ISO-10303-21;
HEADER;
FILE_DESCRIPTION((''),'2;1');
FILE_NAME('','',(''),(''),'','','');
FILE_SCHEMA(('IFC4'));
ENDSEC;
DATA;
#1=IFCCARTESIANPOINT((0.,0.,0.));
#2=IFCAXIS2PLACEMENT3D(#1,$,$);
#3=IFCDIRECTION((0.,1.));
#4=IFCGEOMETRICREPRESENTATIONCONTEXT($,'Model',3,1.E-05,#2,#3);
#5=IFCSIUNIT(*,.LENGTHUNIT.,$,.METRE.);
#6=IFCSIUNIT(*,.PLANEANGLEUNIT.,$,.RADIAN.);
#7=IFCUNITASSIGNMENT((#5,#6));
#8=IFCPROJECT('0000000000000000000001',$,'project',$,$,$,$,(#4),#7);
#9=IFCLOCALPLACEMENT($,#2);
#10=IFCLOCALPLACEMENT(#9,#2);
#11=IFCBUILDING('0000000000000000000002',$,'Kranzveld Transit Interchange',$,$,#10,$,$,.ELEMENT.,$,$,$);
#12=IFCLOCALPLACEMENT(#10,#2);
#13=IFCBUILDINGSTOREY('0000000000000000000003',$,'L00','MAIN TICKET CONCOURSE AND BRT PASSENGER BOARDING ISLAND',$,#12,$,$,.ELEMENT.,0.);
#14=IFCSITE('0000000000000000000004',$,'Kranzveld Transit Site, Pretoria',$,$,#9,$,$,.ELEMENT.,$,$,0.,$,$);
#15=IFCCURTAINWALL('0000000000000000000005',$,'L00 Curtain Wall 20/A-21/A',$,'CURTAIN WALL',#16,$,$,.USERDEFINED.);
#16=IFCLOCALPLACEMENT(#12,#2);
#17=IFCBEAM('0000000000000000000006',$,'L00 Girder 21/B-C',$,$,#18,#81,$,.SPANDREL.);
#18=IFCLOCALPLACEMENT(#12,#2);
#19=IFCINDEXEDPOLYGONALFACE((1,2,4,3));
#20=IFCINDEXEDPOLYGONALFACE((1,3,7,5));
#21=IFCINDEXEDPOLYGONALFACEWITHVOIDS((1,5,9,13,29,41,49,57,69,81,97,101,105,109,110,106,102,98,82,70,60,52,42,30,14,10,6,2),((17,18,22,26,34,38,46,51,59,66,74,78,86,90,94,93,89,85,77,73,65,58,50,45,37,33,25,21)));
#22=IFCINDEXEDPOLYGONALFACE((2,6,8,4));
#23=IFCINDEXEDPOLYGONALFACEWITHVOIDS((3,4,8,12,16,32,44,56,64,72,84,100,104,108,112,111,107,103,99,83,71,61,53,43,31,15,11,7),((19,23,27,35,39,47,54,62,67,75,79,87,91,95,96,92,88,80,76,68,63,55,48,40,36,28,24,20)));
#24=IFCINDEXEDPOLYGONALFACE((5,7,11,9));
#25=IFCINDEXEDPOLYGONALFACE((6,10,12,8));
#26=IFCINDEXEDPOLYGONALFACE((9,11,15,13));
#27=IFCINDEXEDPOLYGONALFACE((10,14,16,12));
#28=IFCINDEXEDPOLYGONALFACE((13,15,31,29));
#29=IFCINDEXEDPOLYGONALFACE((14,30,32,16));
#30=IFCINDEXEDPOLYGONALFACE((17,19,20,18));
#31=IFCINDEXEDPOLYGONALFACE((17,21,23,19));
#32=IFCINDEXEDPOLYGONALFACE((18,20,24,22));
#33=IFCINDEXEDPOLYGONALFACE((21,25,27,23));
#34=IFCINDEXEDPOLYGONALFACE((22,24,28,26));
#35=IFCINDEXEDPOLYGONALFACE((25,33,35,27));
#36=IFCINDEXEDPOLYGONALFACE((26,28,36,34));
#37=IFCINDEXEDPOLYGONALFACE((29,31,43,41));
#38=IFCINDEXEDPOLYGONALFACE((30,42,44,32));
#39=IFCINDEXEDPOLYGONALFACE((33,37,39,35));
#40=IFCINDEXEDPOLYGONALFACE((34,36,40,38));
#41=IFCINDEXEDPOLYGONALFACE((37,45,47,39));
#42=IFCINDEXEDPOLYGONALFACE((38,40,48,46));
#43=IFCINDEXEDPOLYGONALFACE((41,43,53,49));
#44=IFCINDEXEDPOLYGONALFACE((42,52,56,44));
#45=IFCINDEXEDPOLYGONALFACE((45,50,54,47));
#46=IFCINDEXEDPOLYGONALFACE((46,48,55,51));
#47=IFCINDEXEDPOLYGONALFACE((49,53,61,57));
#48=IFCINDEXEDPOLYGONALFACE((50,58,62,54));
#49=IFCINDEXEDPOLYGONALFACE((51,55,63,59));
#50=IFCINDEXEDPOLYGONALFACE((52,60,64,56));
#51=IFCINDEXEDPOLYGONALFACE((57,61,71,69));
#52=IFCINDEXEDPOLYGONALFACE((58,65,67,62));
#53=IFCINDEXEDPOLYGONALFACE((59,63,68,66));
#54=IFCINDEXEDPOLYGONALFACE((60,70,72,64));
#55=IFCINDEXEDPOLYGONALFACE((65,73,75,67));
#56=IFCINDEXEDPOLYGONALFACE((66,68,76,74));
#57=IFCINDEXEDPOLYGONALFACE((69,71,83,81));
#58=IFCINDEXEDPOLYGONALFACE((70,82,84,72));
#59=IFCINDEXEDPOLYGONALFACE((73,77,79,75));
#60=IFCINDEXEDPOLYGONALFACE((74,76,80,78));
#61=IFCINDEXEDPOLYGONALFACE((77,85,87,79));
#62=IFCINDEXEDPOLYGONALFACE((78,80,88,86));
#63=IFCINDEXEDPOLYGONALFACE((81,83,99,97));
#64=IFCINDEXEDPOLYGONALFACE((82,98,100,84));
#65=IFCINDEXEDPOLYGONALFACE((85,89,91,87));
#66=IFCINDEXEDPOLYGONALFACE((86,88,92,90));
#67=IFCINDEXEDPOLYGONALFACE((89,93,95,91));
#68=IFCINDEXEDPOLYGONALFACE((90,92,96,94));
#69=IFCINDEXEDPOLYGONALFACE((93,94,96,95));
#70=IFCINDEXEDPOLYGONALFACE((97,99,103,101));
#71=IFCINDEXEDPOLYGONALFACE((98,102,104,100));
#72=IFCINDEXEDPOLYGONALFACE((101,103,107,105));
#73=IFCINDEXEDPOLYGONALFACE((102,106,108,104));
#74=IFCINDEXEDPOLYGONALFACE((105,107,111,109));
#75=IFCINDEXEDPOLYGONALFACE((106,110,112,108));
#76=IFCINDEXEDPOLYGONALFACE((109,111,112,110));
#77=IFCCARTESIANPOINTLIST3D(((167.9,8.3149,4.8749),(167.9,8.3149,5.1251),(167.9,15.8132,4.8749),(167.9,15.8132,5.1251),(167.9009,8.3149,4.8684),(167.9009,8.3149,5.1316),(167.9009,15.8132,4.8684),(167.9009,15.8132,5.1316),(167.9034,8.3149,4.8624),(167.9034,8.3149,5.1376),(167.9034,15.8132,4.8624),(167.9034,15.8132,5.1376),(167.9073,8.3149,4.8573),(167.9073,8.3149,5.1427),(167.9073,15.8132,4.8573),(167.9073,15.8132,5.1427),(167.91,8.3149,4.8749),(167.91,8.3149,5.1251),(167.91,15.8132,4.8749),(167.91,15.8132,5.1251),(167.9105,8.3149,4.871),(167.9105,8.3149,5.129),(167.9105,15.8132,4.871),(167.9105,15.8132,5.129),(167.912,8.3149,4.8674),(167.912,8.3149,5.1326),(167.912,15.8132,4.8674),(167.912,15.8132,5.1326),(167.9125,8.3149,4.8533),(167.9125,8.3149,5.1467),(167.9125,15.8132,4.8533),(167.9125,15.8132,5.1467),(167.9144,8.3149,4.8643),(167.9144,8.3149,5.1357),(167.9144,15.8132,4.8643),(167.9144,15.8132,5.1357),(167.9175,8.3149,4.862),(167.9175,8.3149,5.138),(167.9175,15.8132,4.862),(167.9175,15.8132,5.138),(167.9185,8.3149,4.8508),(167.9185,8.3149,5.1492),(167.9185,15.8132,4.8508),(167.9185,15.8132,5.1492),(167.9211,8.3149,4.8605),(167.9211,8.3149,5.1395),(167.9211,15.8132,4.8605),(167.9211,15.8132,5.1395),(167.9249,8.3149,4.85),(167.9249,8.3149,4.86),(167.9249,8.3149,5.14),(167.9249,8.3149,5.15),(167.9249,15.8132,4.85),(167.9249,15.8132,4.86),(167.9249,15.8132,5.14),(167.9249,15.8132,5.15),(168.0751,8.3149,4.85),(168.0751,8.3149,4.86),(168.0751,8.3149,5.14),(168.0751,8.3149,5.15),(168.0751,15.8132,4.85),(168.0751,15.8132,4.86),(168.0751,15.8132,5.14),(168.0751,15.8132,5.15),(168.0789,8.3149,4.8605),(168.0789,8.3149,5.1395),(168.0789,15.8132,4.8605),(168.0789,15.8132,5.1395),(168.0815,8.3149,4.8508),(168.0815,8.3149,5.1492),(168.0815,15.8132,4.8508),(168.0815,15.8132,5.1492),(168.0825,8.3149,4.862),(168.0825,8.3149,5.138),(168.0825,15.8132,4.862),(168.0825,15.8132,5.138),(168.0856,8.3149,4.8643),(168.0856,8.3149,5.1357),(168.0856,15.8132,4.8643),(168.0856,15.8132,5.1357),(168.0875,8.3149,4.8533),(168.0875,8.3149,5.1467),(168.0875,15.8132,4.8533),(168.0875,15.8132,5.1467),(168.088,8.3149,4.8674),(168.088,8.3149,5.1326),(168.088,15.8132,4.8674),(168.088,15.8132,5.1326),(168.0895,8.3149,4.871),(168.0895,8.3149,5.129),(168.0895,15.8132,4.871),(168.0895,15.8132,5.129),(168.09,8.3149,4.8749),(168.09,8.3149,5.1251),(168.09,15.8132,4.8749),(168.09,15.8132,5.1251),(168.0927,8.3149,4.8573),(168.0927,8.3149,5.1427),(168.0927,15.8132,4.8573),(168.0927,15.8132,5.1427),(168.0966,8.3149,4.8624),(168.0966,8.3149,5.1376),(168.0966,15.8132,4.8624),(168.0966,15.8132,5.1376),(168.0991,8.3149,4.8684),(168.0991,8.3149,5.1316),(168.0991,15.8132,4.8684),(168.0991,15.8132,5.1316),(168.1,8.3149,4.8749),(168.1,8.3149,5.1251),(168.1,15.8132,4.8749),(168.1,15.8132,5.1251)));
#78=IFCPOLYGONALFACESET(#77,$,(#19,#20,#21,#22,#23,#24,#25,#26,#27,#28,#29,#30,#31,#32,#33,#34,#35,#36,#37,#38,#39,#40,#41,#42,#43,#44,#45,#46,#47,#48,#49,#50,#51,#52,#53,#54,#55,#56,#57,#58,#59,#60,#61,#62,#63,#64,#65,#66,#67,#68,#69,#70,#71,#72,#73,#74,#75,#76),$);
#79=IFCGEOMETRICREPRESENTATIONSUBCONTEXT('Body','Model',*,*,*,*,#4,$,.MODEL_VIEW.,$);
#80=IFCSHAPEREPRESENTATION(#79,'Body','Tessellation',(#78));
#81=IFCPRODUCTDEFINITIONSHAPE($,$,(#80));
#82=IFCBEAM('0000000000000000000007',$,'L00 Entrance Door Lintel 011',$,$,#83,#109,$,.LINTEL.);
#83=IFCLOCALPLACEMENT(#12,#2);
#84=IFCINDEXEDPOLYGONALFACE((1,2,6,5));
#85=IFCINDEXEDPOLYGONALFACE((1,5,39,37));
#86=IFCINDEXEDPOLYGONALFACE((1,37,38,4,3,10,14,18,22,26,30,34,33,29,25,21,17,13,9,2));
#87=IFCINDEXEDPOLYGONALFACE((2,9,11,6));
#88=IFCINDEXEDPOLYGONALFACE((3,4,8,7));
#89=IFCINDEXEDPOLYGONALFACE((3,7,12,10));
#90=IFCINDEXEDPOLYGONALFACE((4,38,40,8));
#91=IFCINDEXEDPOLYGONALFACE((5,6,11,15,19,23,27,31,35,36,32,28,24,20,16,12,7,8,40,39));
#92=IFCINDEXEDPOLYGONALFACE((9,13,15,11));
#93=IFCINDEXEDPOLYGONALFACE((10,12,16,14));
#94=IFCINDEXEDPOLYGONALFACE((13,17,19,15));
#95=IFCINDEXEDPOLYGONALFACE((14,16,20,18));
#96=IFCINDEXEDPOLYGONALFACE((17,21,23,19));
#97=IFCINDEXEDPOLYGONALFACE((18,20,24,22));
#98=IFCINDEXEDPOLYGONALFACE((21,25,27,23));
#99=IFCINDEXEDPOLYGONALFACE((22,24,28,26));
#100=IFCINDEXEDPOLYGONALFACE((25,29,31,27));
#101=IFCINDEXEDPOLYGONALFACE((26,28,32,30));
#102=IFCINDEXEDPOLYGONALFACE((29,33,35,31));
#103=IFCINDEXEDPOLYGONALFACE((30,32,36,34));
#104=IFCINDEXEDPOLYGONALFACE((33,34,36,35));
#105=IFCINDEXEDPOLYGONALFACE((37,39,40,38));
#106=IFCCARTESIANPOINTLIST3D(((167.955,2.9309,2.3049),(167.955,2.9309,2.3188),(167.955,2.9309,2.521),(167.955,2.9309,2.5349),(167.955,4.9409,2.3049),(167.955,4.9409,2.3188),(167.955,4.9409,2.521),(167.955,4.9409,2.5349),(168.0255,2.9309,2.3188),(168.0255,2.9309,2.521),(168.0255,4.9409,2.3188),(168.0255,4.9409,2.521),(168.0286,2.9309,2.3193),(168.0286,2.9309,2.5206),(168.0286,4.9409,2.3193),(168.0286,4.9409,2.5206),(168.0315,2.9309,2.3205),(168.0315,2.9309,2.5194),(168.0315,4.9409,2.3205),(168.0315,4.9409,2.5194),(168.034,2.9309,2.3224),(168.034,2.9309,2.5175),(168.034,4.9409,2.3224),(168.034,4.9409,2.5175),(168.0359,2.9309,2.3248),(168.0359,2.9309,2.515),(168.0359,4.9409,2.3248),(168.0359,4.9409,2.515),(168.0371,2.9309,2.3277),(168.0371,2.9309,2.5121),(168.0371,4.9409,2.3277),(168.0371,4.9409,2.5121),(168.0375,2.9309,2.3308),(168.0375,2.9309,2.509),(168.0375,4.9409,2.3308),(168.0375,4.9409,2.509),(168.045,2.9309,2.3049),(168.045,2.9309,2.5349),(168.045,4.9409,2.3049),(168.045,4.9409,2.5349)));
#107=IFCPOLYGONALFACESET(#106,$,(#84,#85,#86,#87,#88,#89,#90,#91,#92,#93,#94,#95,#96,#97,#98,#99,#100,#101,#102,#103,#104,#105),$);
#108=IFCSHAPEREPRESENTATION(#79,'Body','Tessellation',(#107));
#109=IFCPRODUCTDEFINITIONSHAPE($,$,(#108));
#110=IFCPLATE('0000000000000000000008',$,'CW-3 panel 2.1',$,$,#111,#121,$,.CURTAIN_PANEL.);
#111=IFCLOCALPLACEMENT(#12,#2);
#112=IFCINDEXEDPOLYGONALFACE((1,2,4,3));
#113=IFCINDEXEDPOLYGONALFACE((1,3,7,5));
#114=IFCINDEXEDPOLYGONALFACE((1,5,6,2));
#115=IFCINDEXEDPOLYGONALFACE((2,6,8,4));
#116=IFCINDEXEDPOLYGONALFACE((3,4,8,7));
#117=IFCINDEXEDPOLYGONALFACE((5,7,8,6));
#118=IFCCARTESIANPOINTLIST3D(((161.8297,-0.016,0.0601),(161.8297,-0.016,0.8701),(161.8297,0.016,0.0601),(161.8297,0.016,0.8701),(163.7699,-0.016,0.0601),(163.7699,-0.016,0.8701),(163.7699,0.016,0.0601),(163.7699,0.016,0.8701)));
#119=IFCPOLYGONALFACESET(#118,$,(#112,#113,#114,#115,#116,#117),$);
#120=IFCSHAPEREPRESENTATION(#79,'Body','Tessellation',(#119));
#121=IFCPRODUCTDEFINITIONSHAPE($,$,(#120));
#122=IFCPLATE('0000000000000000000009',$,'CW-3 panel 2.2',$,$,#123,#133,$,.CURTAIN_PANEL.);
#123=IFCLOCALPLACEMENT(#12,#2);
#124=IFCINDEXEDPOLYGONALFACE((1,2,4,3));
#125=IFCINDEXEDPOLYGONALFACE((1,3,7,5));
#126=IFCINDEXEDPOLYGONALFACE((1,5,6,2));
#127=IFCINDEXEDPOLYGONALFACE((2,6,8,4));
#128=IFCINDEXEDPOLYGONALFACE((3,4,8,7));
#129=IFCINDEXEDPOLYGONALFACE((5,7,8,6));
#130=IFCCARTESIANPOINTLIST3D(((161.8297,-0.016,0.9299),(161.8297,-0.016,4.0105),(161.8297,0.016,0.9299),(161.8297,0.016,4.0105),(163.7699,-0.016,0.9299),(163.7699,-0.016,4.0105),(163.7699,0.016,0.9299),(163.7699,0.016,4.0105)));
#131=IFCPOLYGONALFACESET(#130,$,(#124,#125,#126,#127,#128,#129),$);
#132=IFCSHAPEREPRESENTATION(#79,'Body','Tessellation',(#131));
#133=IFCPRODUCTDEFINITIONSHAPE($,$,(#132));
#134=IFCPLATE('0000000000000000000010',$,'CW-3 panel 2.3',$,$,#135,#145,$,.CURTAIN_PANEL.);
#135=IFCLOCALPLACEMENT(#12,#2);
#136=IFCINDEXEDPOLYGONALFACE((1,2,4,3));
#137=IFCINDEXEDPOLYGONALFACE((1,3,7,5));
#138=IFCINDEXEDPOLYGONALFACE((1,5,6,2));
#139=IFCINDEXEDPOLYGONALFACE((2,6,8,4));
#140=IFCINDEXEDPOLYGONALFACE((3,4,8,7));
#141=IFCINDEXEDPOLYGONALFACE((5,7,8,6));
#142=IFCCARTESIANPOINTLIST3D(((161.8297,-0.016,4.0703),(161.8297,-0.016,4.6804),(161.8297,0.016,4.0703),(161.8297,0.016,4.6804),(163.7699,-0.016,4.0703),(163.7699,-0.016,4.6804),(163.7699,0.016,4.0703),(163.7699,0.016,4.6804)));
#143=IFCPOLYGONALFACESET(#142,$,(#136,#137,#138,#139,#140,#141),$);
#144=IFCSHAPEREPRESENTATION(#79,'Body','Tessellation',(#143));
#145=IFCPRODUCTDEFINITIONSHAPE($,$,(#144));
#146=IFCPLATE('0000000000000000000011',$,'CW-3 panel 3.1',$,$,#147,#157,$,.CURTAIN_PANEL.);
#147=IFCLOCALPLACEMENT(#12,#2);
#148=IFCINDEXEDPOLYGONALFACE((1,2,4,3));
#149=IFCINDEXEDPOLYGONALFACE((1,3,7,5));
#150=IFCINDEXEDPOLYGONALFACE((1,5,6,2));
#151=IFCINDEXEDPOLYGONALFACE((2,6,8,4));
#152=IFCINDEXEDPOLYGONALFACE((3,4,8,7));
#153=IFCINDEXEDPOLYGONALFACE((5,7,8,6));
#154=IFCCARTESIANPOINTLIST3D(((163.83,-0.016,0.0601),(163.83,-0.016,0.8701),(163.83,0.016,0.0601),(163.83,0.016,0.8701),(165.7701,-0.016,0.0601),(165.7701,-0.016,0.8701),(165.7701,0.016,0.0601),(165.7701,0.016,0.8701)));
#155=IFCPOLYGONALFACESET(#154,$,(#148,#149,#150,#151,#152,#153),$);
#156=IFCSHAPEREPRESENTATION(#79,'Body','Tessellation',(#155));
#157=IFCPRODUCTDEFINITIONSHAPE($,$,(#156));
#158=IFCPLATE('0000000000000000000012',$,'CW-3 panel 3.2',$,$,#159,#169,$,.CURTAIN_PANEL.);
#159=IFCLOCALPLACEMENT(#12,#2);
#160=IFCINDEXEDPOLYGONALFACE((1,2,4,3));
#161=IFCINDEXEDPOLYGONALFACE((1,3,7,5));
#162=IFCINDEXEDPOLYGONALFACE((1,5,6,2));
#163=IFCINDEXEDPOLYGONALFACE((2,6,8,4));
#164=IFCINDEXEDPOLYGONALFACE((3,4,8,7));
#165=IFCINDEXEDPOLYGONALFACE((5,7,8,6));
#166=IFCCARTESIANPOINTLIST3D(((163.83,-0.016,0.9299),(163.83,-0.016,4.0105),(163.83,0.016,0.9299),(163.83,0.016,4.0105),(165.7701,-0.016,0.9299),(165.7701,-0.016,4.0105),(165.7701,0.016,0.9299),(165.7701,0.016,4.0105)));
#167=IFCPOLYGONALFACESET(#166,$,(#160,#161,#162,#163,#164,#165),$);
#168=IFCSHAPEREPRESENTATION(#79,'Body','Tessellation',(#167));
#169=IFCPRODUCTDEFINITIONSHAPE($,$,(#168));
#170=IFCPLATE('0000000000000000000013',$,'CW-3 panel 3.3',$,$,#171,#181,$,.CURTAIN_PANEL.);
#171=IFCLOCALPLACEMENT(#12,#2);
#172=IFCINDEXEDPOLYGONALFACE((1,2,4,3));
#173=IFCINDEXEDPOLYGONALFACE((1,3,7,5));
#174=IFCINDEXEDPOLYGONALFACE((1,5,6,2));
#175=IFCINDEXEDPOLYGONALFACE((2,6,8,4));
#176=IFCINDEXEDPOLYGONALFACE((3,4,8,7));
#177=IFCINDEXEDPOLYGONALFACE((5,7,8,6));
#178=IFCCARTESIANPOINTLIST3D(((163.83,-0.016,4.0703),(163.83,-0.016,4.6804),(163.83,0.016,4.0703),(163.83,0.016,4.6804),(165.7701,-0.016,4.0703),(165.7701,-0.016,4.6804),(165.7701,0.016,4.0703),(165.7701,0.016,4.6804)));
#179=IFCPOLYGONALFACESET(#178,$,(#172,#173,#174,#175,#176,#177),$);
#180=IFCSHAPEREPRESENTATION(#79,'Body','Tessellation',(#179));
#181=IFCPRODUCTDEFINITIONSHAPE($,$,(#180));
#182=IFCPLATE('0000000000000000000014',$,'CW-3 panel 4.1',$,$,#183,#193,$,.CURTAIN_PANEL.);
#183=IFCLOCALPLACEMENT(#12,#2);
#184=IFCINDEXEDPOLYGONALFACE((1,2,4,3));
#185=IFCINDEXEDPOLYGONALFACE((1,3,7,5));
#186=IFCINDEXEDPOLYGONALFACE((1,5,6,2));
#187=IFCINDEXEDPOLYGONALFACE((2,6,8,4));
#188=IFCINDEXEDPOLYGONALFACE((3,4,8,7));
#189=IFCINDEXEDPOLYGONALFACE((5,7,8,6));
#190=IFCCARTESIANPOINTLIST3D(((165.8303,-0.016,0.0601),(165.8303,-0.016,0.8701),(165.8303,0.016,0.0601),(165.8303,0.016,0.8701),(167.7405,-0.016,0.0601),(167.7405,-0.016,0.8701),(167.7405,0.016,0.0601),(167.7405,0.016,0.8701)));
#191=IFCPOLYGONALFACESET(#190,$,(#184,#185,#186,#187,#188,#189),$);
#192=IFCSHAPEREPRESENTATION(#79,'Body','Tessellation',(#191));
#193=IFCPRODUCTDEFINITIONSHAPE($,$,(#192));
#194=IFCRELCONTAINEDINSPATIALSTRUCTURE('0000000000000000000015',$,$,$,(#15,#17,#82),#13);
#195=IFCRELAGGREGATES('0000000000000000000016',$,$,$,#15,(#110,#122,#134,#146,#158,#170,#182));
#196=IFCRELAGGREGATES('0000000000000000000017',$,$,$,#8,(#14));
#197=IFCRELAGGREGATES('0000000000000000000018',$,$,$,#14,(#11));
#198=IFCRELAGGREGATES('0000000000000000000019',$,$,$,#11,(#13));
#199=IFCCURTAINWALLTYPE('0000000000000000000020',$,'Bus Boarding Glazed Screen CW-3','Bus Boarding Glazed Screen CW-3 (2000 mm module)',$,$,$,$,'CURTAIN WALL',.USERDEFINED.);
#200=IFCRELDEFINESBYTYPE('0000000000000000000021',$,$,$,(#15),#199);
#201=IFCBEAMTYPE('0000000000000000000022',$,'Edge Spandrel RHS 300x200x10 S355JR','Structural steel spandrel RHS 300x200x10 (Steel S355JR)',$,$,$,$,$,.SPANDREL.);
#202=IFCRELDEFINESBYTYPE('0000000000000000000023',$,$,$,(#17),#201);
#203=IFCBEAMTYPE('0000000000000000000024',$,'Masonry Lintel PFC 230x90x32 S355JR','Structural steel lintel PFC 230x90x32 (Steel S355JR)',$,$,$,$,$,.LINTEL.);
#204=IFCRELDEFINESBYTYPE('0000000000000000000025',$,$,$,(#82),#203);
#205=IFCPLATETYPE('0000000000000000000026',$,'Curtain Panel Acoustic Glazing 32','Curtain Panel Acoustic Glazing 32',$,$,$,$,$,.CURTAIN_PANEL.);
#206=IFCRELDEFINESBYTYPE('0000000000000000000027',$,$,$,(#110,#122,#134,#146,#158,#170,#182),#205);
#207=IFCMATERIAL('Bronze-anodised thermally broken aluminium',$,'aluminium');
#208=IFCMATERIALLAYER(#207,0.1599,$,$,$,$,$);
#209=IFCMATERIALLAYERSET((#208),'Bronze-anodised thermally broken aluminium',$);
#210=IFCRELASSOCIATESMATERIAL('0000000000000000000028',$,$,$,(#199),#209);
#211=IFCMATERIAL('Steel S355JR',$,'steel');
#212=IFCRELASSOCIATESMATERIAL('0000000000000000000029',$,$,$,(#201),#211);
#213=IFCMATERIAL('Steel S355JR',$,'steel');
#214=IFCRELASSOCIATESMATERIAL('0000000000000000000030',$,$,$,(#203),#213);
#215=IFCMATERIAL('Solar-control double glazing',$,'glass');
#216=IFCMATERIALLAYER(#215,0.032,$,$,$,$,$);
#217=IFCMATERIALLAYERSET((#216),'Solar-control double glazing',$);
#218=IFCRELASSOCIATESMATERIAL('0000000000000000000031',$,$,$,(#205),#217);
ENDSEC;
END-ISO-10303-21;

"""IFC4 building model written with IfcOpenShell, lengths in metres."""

from ifc_helpers import new_model, si_unit, direction, frame, origin, origin_2d, place, context, subcontext, project, spatial, rectangle, hollow_rectangle, u_section, extrude, material, layer, layer_set, material_profile, profile_set, type_object, element, aggregate, save


model = new_model("IFC4")

# Units and contexts
model_context = context("Model", 3, precision=1e-05, world=origin(), true_north=direction((0.0, 1.0)))
body_context = subcontext(model_context, "Body", "Model", "MODEL_VIEW")
ifc_project = project(units=[si_unit("LENGTHUNIT", "METRE"), si_unit("PLANEANGLEUNIT", "RADIAN")], contexts=[model_context])

# Site, building, storey
site_placement = place(None, origin())
site = spatial("IfcSite", under=ifc_project, at=site_placement, Name="Kranzveld Transit Site, Pretoria", CompositionType="ELEMENT", RefElevation=0.0)
building_placement = place(site_placement, origin())
building = spatial("IfcBuilding", under=site, at=building_placement, Name="Kranzveld Transit Interchange", CompositionType="ELEMENT")
storey_placement = place(building_placement, origin())
storey = spatial("IfcBuildingStorey", under=building, at=storey_placement, Name="L00", Description="MAIN TICKET CONCOURSE AND BRT PASSENGER BOARDING ISLAND", CompositionType="ELEMENT", Elevation=0.0)

# Curtain wall
ifc_material_1 = material(Name="Bronze-anodised thermally broken aluminium", Category="aluminium")
ifc_layer_1 = layer(ifc_material_1, 0.1599)
ifc_layer_set_1 = layer_set([ifc_layer_1], Name="Bronze-anodised thermally broken aluminium")
curtain_wall_type = type_object("IfcCurtainWallType", Name="Bus Boarding Glazed Screen CW-3", Description="Bus Boarding Glazed Screen CW-3 (2000 mm module)", ElementType="CURTAIN WALL", PredefinedType="USERDEFINED", material=ifc_layer_set_1)
curtain_wall_placement = place(storey_placement, origin())
curtain_wall = element("IfcCurtainWall", 1, at=curtain_wall_placement, inside=storey, type_object=curtain_wall_type, Name="L00 Curtain Wall 20/A-21/A", ObjectType="CURTAIN WALL", PredefinedType="USERDEFINED")

# Beams
ifc_material_2 = material(Name="Steel S355JR", Category="steel")
ifc_material_profile_1 = material_profile(ifc_material_2, hollow_rectangle(XDim=0.2, YDim=0.3, WallThickness=0.01, InnerFilletRadius=0.0149, OuterFilletRadius=0.0249, at=origin_2d()), Name="RHS 300x200x10")
ifc_profile_set_1 = profile_set([ifc_material_profile_1], Name="Steel S355JR")
beam_type_1 = type_object("IfcBeamType", Name="Edge Spandrel RHS 300x200x10 S355JR", Description="Structural steel spandrel RHS 300x200x10 (Steel S355JR)", PredefinedType="SPANDREL", material=ifc_profile_set_1)
for number, where, z_axis, x_axis, name in (
    (2, (168.0, 8.3149, 5.0), (0.0, 1.0, 0.0), (-1.0, 0.0, 0.0), "L00 Girder 21/B-C"),
):
    element("IfcBeam", number, at=place(storey_placement, frame(where, z_axis=z_axis, x_axis=x_axis)), inside=storey, type_object=beam_type_1, Name=name, PredefinedType="SPANDREL", context=body_context, shape_type="SweptSolid", body=[
        extrude(hollow_rectangle(XDim=0.2, YDim=0.3, WallThickness=0.01, InnerFilletRadius=0.0149, OuterFilletRadius=0.0249, at=origin_2d()), origin(), (0.0, 0.0, 1.0), 7.4983),
    ])
ifc_material_3 = material(Name="Steel S355JR", Category="steel")
ifc_material_profile_2 = material_profile(ifc_material_3, u_section(Depth=0.23, FlangeWidth=0.0901, WebThickness=0.0076, FlangeThickness=0.0139, FilletRadius=0.012, at=origin_2d()), Name="PFC 230x90x32")
ifc_profile_set_2 = profile_set([ifc_material_profile_2], Name="Steel S355JR")
beam_type_2 = type_object("IfcBeamType", Name="Masonry Lintel PFC 230x90x32 S355JR", Description="Structural steel lintel PFC 230x90x32 (Steel S355JR)", PredefinedType="LINTEL", material=ifc_profile_set_2)
beam_placement = place(storey_placement, frame((168.0, 2.9309, 2.4199), z_axis=(0.0, 1.0, 0.0), x_axis=(-1.0, 0.0, 0.0)))
element("IfcBeam", 3, at=beam_placement, inside=storey, type_object=beam_type_2, Name="L00 Entrance Door Lintel 011", PredefinedType="LINTEL", context=body_context, shape_type="SweptSolid", body=[
    extrude(u_section(Depth=0.23, FlangeWidth=0.0901, WebThickness=0.0076, FlangeThickness=0.0139, FilletRadius=0.012, at=origin_2d()), origin(), (0.0, 0.0, 1.0), 2.01),
])

# Plates
ifc_material_4 = material(Name="Solar-control double glazing", Category="glass")
ifc_layer_2 = layer(ifc_material_4, 0.032)
ifc_layer_set_2 = layer_set([ifc_layer_2], Name="Solar-control double glazing")
plate_type = type_object("IfcPlateType", Name="Curtain Panel Acoustic Glazing 32", Description="Curtain Panel Acoustic Glazing 32", PredefinedType="CURTAIN_PANEL", material=ifc_layer_set_2)
plate_1_placement = place(storey_placement, frame((162.7998, 0.0, 0.0601), z_axis=(0.0, 0.0, 1.0), x_axis=(1.0, 0.0, 0.0)))
plate_1 = element("IfcPlate", 4, at=plate_1_placement, type_object=plate_type, Name="CW-3 panel 2.1", PredefinedType="CURTAIN_PANEL", context=body_context, shape_type="SweptSolid", body=[
    extrude(rectangle(XDim=1.9402, YDim=0.032, at=origin_2d()), origin(), (0.0, 0.0, 1.0), 0.8101),
])
plate_2_placement = place(storey_placement, frame((162.7998, 0.0, 0.9299), z_axis=(0.0, 0.0, 1.0), x_axis=(1.0, 0.0, 0.0)))
plate_2 = element("IfcPlate", 5, at=plate_2_placement, type_object=plate_type, Name="CW-3 panel 2.2", PredefinedType="CURTAIN_PANEL", context=body_context, shape_type="SweptSolid", body=[
    extrude(rectangle(XDim=1.9402, YDim=0.032, at=origin_2d()), origin(), (0.0, 0.0, 1.0), 3.0806),
])
plate_3_placement = place(storey_placement, frame((162.7998, 0.0, 4.0703), z_axis=(0.0, 0.0, 1.0), x_axis=(1.0, 0.0, 0.0)))
plate_3 = element("IfcPlate", 6, at=plate_3_placement, type_object=plate_type, Name="CW-3 panel 2.3", PredefinedType="CURTAIN_PANEL", context=body_context, shape_type="SweptSolid", body=[
    extrude(rectangle(XDim=1.9402, YDim=0.032, at=origin_2d()), origin(), (0.0, 0.0, 1.0), 0.6101),
])
plate_4_placement = place(storey_placement, frame((164.8, 0.0, 0.0601), z_axis=(0.0, 0.0, 1.0), x_axis=(1.0, 0.0, 0.0)))
plate_4 = element("IfcPlate", 7, at=plate_4_placement, type_object=plate_type, Name="CW-3 panel 3.1", PredefinedType="CURTAIN_PANEL", context=body_context, shape_type="SweptSolid", body=[
    extrude(rectangle(XDim=1.9402, YDim=0.032, at=origin_2d()), origin(), (0.0, 0.0, 1.0), 0.8101),
])
plate_5_placement = place(storey_placement, frame((164.8, 0.0, 0.9299), z_axis=(0.0, 0.0, 1.0), x_axis=(1.0, 0.0, 0.0)))
plate_5 = element("IfcPlate", 8, at=plate_5_placement, type_object=plate_type, Name="CW-3 panel 3.2", PredefinedType="CURTAIN_PANEL", context=body_context, shape_type="SweptSolid", body=[
    extrude(rectangle(XDim=1.9402, YDim=0.032, at=origin_2d()), origin(), (0.0, 0.0, 1.0), 3.0806),
])
plate_6_placement = place(storey_placement, frame((164.8, 0.0, 4.0703), z_axis=(0.0, 0.0, 1.0), x_axis=(1.0, 0.0, 0.0)))
plate_6 = element("IfcPlate", 9, at=plate_6_placement, type_object=plate_type, Name="CW-3 panel 3.3", PredefinedType="CURTAIN_PANEL", context=body_context, shape_type="SweptSolid", body=[
    extrude(rectangle(XDim=1.9402, YDim=0.032, at=origin_2d()), origin(), (0.0, 0.0, 1.0), 0.6101),
])
plate_7_placement = place(storey_placement, frame((166.7854, 0.0, 0.0601), z_axis=(0.0, 0.0, 1.0), x_axis=(1.0, 0.0, 0.0)))
plate_7 = element("IfcPlate", 10, at=plate_7_placement, type_object=plate_type, Name="CW-3 panel 4.1", PredefinedType="CURTAIN_PANEL", context=body_context, shape_type="SweptSolid", body=[
    extrude(rectangle(XDim=1.9102, YDim=0.032, at=origin_2d()), origin(), (0.0, 0.0, 1.0), 0.8101),
])
aggregate(curtain_wall, [plate_1, plate_2, plate_3, plate_4, plate_5, plate_6, plate_7])

save(model, "model.ifc")
